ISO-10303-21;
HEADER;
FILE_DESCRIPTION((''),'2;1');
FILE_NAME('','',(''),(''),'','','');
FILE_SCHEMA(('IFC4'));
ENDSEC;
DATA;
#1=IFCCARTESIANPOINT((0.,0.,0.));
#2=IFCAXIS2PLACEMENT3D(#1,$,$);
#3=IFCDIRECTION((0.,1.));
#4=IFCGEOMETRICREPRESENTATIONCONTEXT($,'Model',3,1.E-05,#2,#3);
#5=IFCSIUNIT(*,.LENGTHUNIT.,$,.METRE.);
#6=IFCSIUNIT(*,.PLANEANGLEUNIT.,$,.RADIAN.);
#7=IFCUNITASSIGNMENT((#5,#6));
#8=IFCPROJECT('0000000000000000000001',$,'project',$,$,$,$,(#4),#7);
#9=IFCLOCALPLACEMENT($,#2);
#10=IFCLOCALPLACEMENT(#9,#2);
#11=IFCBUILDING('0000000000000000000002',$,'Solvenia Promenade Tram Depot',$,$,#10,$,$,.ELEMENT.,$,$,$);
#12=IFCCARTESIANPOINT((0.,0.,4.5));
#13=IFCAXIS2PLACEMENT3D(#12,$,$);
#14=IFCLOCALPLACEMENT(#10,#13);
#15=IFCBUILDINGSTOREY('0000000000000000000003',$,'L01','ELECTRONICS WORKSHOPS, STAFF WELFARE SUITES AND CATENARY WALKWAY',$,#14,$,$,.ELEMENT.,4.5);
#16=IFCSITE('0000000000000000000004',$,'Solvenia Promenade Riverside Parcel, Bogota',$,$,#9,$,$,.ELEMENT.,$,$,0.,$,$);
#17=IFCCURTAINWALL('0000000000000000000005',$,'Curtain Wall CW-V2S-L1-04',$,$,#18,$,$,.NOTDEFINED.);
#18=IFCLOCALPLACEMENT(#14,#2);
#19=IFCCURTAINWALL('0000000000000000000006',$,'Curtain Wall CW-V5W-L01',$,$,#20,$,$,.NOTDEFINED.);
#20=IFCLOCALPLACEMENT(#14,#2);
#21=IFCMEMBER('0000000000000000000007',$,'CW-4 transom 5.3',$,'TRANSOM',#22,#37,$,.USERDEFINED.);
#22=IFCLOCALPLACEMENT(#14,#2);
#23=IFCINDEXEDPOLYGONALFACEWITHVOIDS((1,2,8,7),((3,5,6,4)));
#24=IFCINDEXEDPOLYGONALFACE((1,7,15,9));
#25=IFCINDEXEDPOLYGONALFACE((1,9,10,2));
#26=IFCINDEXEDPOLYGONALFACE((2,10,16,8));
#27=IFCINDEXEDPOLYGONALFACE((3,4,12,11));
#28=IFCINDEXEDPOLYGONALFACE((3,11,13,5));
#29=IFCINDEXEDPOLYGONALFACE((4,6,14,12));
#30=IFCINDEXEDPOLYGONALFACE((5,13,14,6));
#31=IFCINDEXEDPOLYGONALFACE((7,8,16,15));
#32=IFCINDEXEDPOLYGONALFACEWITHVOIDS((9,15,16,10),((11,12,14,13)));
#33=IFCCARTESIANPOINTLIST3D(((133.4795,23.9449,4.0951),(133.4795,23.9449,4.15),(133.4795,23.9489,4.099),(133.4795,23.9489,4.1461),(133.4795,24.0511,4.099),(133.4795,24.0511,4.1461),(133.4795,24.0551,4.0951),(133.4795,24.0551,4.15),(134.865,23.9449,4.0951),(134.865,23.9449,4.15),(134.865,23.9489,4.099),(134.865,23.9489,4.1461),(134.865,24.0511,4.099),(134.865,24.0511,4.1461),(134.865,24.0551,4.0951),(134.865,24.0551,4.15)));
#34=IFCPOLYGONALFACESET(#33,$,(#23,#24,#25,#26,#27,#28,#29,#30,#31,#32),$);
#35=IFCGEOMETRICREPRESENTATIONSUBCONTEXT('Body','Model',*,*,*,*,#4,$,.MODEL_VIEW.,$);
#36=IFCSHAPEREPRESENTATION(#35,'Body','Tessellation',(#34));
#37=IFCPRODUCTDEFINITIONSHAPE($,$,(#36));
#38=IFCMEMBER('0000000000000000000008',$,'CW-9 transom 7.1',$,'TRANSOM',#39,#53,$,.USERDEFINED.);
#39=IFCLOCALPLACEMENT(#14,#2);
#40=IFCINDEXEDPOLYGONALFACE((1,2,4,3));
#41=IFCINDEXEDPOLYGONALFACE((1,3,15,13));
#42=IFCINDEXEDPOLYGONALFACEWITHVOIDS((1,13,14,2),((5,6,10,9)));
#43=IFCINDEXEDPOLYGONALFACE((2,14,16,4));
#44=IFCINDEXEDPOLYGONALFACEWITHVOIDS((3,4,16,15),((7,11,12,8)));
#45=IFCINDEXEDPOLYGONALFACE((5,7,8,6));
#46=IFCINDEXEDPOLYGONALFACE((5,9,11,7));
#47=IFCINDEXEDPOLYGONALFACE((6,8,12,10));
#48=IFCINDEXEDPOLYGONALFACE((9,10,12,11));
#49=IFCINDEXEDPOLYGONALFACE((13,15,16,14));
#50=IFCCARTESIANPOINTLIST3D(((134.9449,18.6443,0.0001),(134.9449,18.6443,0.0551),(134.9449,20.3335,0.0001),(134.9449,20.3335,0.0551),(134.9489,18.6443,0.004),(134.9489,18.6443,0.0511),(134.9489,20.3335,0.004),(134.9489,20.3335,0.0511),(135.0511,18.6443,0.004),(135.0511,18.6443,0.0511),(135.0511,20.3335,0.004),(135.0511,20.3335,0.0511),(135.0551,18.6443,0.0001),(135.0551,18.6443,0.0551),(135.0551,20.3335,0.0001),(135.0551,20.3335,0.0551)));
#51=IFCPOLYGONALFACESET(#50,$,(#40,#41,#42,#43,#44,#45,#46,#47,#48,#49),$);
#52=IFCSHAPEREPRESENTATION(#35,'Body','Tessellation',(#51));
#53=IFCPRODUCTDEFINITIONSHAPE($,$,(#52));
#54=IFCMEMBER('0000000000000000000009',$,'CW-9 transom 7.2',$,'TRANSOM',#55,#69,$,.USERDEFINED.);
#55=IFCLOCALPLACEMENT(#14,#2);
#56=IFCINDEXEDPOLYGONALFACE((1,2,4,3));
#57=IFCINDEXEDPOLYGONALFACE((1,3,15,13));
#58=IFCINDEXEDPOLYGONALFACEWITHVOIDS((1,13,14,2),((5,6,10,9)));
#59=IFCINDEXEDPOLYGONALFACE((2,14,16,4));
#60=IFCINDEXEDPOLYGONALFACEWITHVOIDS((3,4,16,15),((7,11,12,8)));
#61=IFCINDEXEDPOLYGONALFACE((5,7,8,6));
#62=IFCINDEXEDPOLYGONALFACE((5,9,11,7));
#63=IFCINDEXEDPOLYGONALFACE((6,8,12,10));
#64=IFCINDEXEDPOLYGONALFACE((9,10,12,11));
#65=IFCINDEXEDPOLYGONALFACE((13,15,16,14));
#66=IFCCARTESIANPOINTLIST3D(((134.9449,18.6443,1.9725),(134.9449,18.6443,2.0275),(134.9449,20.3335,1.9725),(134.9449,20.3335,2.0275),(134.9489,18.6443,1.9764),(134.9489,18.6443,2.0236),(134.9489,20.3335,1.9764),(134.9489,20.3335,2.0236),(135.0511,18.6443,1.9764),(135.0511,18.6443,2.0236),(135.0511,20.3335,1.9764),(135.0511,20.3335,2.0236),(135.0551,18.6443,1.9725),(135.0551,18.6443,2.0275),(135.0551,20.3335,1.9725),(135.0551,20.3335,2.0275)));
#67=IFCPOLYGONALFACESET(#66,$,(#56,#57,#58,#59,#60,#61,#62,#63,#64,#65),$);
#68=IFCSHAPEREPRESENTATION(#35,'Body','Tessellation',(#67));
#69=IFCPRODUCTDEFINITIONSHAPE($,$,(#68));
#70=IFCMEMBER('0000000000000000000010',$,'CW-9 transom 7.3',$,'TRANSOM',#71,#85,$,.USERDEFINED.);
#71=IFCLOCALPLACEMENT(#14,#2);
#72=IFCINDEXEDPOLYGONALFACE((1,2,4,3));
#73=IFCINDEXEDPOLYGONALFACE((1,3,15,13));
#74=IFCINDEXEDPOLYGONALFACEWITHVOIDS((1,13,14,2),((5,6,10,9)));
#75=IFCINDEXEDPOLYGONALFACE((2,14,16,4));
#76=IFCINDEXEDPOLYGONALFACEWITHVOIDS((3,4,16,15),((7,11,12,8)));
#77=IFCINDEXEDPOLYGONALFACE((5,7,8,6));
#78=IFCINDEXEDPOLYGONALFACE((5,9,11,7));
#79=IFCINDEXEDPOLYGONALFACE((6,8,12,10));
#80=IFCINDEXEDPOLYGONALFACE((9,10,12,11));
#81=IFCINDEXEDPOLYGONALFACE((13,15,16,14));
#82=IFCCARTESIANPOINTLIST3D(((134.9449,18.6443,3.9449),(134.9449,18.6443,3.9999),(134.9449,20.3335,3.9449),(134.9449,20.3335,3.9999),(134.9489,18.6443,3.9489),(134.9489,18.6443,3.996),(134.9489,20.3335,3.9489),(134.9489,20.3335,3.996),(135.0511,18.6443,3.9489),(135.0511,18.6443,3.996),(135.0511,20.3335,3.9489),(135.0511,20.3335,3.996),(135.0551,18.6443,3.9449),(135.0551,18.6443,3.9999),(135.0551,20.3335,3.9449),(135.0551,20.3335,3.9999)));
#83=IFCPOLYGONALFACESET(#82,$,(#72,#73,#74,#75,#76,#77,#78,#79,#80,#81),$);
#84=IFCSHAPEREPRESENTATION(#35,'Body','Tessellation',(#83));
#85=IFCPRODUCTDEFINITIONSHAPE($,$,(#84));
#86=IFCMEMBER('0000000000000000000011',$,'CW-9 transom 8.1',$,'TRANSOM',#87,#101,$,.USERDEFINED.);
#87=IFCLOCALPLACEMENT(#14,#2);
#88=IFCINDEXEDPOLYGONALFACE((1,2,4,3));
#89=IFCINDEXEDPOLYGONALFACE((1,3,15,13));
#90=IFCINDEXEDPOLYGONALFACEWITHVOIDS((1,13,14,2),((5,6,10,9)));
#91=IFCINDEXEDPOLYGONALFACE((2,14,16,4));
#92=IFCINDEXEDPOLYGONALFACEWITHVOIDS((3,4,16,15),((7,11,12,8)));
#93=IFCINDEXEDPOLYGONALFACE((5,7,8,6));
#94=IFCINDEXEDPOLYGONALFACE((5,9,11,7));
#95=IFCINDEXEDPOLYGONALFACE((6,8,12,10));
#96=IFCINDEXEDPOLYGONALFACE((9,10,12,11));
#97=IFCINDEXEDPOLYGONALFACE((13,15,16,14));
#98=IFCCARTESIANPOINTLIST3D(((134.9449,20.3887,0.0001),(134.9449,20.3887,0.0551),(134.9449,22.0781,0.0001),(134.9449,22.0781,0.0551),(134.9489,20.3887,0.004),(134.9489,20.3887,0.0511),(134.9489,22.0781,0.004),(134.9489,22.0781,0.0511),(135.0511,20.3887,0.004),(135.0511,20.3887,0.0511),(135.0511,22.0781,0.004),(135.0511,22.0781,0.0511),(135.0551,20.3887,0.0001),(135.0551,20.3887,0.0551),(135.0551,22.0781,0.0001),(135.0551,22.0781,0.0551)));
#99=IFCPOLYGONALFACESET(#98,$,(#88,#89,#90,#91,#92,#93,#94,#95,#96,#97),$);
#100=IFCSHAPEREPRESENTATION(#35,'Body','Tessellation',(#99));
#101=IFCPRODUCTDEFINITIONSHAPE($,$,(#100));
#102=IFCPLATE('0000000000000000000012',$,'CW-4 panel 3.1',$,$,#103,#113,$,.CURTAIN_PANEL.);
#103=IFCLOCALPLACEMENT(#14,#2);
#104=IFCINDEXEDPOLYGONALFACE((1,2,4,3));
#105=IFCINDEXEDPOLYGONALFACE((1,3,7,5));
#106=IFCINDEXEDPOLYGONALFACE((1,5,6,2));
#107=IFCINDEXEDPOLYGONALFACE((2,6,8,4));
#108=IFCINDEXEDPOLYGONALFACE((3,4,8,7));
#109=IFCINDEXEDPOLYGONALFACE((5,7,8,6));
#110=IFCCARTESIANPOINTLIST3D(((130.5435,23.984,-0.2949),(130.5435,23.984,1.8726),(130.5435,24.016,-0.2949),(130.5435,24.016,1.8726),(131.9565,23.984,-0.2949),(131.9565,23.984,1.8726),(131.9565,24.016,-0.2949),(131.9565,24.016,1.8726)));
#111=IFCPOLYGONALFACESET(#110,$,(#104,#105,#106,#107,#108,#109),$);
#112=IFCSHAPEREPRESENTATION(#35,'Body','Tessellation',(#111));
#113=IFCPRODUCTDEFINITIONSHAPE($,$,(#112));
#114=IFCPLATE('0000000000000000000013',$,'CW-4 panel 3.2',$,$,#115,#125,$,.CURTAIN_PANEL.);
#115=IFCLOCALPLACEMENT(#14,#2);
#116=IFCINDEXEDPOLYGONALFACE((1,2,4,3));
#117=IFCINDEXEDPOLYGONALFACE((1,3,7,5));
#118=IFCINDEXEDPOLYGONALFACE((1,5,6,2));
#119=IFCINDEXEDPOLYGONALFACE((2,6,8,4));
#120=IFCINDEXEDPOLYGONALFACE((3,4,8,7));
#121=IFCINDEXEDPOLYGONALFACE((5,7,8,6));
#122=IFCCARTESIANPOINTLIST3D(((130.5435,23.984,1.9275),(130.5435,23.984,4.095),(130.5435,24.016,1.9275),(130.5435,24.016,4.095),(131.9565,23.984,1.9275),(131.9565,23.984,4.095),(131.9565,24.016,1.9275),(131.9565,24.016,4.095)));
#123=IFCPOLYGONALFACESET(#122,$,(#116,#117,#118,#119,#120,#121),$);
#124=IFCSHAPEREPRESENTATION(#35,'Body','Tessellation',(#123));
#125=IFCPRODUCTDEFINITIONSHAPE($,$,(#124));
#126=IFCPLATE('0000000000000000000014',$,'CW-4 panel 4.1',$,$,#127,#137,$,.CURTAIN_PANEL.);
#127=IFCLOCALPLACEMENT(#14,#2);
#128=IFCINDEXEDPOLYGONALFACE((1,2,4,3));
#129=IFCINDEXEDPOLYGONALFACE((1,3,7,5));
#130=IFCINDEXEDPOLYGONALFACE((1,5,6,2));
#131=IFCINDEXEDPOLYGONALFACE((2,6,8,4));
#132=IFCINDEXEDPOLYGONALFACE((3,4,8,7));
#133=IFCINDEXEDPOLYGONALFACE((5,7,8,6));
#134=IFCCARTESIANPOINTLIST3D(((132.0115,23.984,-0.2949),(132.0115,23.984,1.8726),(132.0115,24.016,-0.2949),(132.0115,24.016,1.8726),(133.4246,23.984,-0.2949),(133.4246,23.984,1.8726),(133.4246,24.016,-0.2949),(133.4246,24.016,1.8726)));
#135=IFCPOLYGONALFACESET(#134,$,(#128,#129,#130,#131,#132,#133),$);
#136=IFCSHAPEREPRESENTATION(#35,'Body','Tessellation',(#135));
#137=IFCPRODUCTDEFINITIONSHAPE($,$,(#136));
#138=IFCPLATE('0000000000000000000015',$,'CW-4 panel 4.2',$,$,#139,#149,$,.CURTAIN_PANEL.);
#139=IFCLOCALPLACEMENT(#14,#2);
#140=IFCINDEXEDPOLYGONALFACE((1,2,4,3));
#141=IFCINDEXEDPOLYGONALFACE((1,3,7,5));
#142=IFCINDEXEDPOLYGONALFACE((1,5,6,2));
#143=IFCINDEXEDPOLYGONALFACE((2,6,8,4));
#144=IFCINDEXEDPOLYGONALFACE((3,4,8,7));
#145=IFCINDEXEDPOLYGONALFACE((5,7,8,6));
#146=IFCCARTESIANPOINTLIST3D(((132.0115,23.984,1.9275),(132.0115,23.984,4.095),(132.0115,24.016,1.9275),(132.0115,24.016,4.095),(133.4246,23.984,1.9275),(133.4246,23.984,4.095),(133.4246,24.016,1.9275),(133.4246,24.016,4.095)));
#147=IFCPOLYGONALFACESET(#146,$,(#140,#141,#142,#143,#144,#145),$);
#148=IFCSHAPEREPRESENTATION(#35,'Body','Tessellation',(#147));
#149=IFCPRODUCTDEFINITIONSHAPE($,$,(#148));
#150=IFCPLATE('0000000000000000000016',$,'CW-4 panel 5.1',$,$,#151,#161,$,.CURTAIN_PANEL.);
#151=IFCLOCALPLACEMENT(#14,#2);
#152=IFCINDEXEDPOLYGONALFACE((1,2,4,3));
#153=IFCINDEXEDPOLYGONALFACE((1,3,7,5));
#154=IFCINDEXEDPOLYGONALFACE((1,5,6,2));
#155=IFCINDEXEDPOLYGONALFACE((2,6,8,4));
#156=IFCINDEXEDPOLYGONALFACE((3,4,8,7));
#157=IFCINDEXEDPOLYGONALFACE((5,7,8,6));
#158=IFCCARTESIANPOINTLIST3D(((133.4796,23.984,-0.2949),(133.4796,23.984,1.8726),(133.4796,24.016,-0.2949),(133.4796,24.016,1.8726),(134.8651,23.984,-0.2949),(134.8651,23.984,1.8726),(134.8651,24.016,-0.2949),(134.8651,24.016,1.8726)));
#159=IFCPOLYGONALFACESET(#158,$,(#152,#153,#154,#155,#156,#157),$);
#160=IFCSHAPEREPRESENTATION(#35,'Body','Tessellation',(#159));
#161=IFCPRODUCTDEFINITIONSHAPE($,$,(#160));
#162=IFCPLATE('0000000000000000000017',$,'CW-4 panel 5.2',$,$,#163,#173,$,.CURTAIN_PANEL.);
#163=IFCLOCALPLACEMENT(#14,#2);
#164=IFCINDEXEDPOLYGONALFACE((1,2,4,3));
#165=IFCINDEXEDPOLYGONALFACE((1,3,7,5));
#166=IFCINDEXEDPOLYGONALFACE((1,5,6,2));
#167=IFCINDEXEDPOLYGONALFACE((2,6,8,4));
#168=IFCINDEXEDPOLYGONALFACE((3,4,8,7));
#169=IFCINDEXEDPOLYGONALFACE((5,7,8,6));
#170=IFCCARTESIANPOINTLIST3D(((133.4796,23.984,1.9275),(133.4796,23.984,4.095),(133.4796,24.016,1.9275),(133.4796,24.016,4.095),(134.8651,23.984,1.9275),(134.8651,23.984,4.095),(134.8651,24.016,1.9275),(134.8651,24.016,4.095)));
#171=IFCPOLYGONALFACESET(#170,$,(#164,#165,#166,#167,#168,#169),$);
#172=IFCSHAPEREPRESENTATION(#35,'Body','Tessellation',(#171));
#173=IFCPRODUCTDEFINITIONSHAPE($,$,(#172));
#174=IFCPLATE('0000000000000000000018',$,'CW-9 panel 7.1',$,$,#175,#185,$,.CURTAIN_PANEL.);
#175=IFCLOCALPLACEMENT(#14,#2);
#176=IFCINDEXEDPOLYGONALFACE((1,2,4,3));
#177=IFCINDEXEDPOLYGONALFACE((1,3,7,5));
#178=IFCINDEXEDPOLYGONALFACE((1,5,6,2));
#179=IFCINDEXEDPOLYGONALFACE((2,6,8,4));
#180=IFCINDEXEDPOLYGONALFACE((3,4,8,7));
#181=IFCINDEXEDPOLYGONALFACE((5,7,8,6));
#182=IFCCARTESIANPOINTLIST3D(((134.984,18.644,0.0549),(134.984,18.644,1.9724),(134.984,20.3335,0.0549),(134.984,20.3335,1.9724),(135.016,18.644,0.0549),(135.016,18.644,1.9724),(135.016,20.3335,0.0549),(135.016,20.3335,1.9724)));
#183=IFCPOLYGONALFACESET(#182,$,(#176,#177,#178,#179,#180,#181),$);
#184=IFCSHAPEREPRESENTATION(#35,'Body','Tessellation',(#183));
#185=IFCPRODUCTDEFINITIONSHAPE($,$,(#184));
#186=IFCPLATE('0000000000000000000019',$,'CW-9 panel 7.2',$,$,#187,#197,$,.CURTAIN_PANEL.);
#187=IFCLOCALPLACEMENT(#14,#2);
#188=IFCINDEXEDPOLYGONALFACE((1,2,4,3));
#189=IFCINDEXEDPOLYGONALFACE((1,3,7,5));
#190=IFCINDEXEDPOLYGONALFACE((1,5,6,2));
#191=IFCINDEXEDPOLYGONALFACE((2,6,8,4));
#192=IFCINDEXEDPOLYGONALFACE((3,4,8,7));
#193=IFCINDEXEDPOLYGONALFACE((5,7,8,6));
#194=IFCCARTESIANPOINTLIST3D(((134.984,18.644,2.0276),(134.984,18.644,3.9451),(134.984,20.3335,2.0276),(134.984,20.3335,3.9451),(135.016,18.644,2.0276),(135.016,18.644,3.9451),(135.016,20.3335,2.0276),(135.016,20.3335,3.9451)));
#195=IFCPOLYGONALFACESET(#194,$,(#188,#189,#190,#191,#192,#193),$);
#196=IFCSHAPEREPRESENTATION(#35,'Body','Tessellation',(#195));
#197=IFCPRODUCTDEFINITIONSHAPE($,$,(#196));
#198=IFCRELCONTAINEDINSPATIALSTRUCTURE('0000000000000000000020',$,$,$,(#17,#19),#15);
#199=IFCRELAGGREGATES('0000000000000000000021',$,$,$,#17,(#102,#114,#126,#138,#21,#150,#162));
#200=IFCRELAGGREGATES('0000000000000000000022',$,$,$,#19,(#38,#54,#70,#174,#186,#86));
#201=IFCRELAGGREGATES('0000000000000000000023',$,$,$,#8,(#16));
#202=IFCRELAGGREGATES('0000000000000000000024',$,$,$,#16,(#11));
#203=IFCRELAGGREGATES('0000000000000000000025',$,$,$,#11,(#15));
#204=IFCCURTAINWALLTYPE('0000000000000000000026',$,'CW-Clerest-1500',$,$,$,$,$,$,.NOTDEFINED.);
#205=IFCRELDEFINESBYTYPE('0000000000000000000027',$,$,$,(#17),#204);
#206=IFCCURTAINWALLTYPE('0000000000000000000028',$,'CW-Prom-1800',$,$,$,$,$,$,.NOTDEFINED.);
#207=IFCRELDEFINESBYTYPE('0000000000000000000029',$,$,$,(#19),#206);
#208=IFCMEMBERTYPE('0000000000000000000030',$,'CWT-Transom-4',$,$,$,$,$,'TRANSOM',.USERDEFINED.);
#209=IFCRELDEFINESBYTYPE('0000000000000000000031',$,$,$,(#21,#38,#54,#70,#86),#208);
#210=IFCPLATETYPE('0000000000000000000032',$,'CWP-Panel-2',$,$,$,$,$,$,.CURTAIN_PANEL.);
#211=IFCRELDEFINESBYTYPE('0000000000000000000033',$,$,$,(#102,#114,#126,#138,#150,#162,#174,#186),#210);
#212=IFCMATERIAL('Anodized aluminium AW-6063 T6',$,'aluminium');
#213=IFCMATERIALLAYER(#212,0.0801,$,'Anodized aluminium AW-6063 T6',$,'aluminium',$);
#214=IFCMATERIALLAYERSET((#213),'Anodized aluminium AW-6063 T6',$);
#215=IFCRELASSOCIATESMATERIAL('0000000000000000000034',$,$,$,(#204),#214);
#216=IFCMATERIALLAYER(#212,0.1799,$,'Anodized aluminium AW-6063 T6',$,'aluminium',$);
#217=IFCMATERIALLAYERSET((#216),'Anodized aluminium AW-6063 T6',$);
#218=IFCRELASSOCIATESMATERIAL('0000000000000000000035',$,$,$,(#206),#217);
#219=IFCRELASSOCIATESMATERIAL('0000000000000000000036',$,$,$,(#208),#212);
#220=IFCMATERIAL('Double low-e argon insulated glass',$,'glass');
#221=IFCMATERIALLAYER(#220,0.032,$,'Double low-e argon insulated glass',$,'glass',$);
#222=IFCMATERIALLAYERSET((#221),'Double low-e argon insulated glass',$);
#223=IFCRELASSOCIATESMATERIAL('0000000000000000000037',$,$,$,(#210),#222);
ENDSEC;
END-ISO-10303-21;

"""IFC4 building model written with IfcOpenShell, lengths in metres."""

from ifc_helpers import new_model, si_unit, direction, frame, origin, origin_2d, place, context, subcontext, project, spatial, rectangle, hollow_rectangle, extrude, material, layer, layer_set, material_profile, profile_set, type_object, element, aggregate, save


model = new_model("IFC4")

# Units and contexts
model_context = context("Model", 3, precision=1e-05, world=origin(), true_north=direction((0.0, 1.0)))
body_context = subcontext(model_context, "Body", "Model", "MODEL_VIEW")
ifc_project = project(units=[si_unit("LENGTHUNIT", "METRE"), si_unit("PLANEANGLEUNIT", "RADIAN")], contexts=[model_context])

# Site, building, storey
site_placement = place(None, origin())
site = spatial("IfcSite", under=ifc_project, at=site_placement, Name="Solvenia Promenade Riverside Parcel, Bogota", CompositionType="ELEMENT", RefElevation=0.0)
building_placement = place(site_placement, origin())
building = spatial("IfcBuilding", under=site, at=building_placement, Name="Solvenia Promenade Tram Depot", CompositionType="ELEMENT")
storey_placement = place(building_placement, frame((0.0, 0.0, 4.5)))
storey = spatial("IfcBuildingStorey", under=building, at=storey_placement, Name="L01", Description="ELECTRONICS WORKSHOPS, STAFF WELFARE SUITES AND CATENARY WALKWAY", CompositionType="ELEMENT", Elevation=4.5)

# Curtain walls
ifc_material_1 = material(Name="Anodized aluminium AW-6063 T6", Category="aluminium")
ifc_layer_1 = layer(ifc_material_1, 0.0801, Name="Anodized aluminium AW-6063 T6", Category="aluminium")
ifc_layer_set_1 = layer_set([ifc_layer_1], Name="Anodized aluminium AW-6063 T6")
curtain_wall_type_1 = type_object("IfcCurtainWallType", Name="CW-Clerest-1500", PredefinedType="NOTDEFINED", material=ifc_layer_set_1)
curtain_wall_1_placement = place(storey_placement, origin())
curtain_wall_1 = element("IfcCurtainWall", 1, at=curtain_wall_1_placement, inside=storey, type_object=curtain_wall_type_1, Name="Curtain Wall CW-V2S-L1-04", PredefinedType="NOTDEFINED")
ifc_layer_2 = layer(ifc_material_1, 0.1799, Name="Anodized aluminium AW-6063 T6", Category="aluminium")
ifc_layer_set_2 = layer_set([ifc_layer_2], Name="Anodized aluminium AW-6063 T6")
curtain_wall_type_2 = type_object("IfcCurtainWallType", Name="CW-Prom-1800", PredefinedType="NOTDEFINED", material=ifc_layer_set_2)
curtain_wall_2_placement = place(storey_placement, origin())
curtain_wall_2 = element("IfcCurtainWall", 2, at=curtain_wall_2_placement, inside=storey, type_object=curtain_wall_type_2, Name="Curtain Wall CW-V5W-L01", PredefinedType="NOTDEFINED")

# Members
ifc_material_profile_1 = material_profile(ifc_material_1, hollow_rectangle(XDim=0.1101, YDim=0.0549, WallThickness=0.0039, at=origin_2d()), Name="ALU-T4", Category="aluminium")
ifc_profile_set_1 = profile_set([ifc_material_profile_1], Name="Anodized aluminium AW-6063 T6")
member_type_1 = type_object("IfcMemberType", Name="CWT-Transom-4", ElementType="TRANSOM", PredefinedType="USERDEFINED", material=ifc_profile_set_1)
member_1_placement = place(storey_placement, frame((133.4795, 24.0, 4.1226), z_axis=(1.0, 0.0, 0.0), x_axis=(0.0, 1.0, 0.0)))
member_1 = element("IfcMember", 3, at=member_1_placement, type_object=member_type_1, Name="CW-4 transom 5.3", ObjectType="TRANSOM", PredefinedType="USERDEFINED", context=body_context, shape_type="SweptSolid", body=[
    extrude(hollow_rectangle(XDim=0.1101, YDim=0.0549, WallThickness=0.0039, at=origin_2d()), origin(), (0.0, 0.0, 1.0), 1.3855),
])
member_2_placement = place(storey_placement, frame((135.0, 18.6443, 0.0276), z_axis=(0.0, 1.0, 0.0), x_axis=(-1.0, 0.0, 0.0)))
member_2 = element("IfcMember", 4, at=member_2_placement, type_object=member_type_1, Name="CW-9 transom 7.1", ObjectType="TRANSOM", PredefinedType="USERDEFINED", context=body_context, shape_type="SweptSolid", body=[
    extrude(hollow_rectangle(XDim=0.1101, YDim=0.0549, WallThickness=0.0039, at=origin_2d()), origin(), (0.0, 0.0, 1.0), 1.6892),
])
member_3_placement = place(storey_placement, frame((135.0, 18.6443, 2.0), z_axis=(0.0, 1.0, 0.0), x_axis=(-1.0, 0.0, 0.0)))
member_3 = element("IfcMember", 5, at=member_3_placement, type_object=member_type_1, Name="CW-9 transom 7.2", ObjectType="TRANSOM", PredefinedType="USERDEFINED", context=body_context, shape_type="SweptSolid", body=[
    extrude(hollow_rectangle(XDim=0.1101, YDim=0.0549, WallThickness=0.0039, at=origin_2d()), origin(), (0.0, 0.0, 1.0), 1.6892),
])
member_4_placement = place(storey_placement, frame((135.0, 18.6443, 3.9724), z_axis=(0.0, 1.0, 0.0), x_axis=(-1.0, 0.0, 0.0)))
member_4 = element("IfcMember", 6, at=member_4_placement, type_object=member_type_1, Name="CW-9 transom 7.3", ObjectType="TRANSOM", PredefinedType="USERDEFINED", context=body_context, shape_type="SweptSolid", body=[
    extrude(hollow_rectangle(XDim=0.1101, YDim=0.0549, WallThickness=0.0039, at=origin_2d()), origin(), (0.0, 0.0, 1.0), 1.6892),
])
member_5_placement = place(storey_placement, frame((135.0, 20.3887, 0.0276), z_axis=(0.0, 1.0, 0.0), x_axis=(-1.0, 0.0, 0.0)))
member_5 = element("IfcMember", 7, at=member_5_placement, type_object=member_type_1, Name="CW-9 transom 8.1", ObjectType="TRANSOM", PredefinedType="USERDEFINED", context=body_context, shape_type="SweptSolid", body=[
    extrude(hollow_rectangle(XDim=0.1101, YDim=0.0549, WallThickness=0.0039, at=origin_2d()), origin(), (0.0, 0.0, 1.0), 1.6895),
])

# Plates
ifc_material_2 = material(Name="Double low-e argon insulated glass", Category="glass")
ifc_layer_3 = layer(ifc_material_2, 0.032, Name="Double low-e argon insulated glass", Category="glass")
ifc_layer_set_3 = layer_set([ifc_layer_3], Name="Double low-e argon insulated glass")
plate_type = type_object("IfcPlateType", Name="CWP-Panel-2", PredefinedType="CURTAIN_PANEL", material=ifc_layer_set_3)
plate_1_placement = place(storey_placement, frame((131.25, 24.0, -0.2949), z_axis=(0.0, 0.0, 1.0), x_axis=(1.0, 0.0, 0.0)))
plate_1 = element("IfcPlate", 8, at=plate_1_placement, type_object=plate_type, Name="CW-4 panel 3.1", PredefinedType="CURTAIN_PANEL", context=body_context, shape_type="SweptSolid", body=[
    extrude(rectangle(XDim=1.4131, YDim=0.032, at=origin_2d()), origin(), (0.0, 0.0, 1.0), 2.1675),
])
plate_2_placement = place(storey_placement, frame((131.25, 24.0, 1.9275), z_axis=(0.0, 0.0, 1.0), x_axis=(1.0, 0.0, 0.0)))
plate_2 = element("IfcPlate", 9, at=plate_2_placement, type_object=plate_type, Name="CW-4 panel 3.2", PredefinedType="CURTAIN_PANEL", context=body_context, shape_type="SweptSolid", body=[
    extrude(rectangle(XDim=1.4131, YDim=0.032, at=origin_2d()), origin(), (0.0, 0.0, 1.0), 2.1675),
])
plate_3_placement = place(storey_placement, frame((132.718, 24.0, -0.2949), z_axis=(0.0, 0.0, 1.0), x_axis=(1.0, 0.0, 0.0)))
plate_3 = element("IfcPlate", 10, at=plate_3_placement, type_object=plate_type, Name="CW-4 panel 4.1", PredefinedType="CURTAIN_PANEL", context=body_context, shape_type="SweptSolid", body=[
    extrude(rectangle(XDim=1.4131, YDim=0.032, at=origin_2d()), origin(), (0.0, 0.0, 1.0), 2.1675),
])
plate_4_placement = place(storey_placement, frame((132.718, 24.0, 1.9275), z_axis=(0.0, 0.0, 1.0), x_axis=(1.0, 0.0, 0.0)))
plate_4 = element("IfcPlate", 11, at=plate_4_placement, type_object=plate_type, Name="CW-4 panel 4.2", PredefinedType="CURTAIN_PANEL", context=body_context, shape_type="SweptSolid", body=[
    extrude(rectangle(XDim=1.4131, YDim=0.032, at=origin_2d()), origin(), (0.0, 0.0, 1.0), 2.1675),
])
plate_5_placement = place(storey_placement, frame((134.1724, 24.0, -0.2949), z_axis=(0.0, 0.0, 1.0), x_axis=(1.0, 0.0, 0.0)))
plate_5 = element("IfcPlate", 12, at=plate_5_placement, type_object=plate_type, Name="CW-4 panel 5.1", PredefinedType="CURTAIN_PANEL", context=body_context, shape_type="SweptSolid", body=[
    extrude(rectangle(XDim=1.3855, YDim=0.032, at=origin_2d()), origin(), (0.0, 0.0, 1.0), 2.1675),
])
plate_6_placement = place(storey_placement, frame((134.1724, 24.0, 1.9275), z_axis=(0.0, 0.0, 1.0), x_axis=(1.0, 0.0, 0.0)))
plate_6 = element("IfcPlate", 13, at=plate_6_placement, type_object=plate_type, Name="CW-4 panel 5.2", PredefinedType="CURTAIN_PANEL", context=body_context, shape_type="SweptSolid", body=[
    extrude(rectangle(XDim=1.3855, YDim=0.032, at=origin_2d()), origin(), (0.0, 0.0, 1.0), 2.1675),
])
aggregate(curtain_wall_1, [plate_1, plate_2, plate_3, plate_4, member_1, plate_5, plate_6])
plate_7_placement = place(storey_placement, frame((135.0, 19.4888, 0.0549), z_axis=(0.0, 0.0, 1.0), x_axis=(0.0, 1.0, 0.0)))
plate_7 = element("IfcPlate", 14, at=plate_7_placement, type_object=plate_type, Name="CW-9 panel 7.1", PredefinedType="CURTAIN_PANEL", context=body_context, shape_type="SweptSolid", body=[
    extrude(rectangle(XDim=1.6895, YDim=0.032, at=origin_2d()), origin(), (0.0, 0.0, 1.0), 1.9175),
])
plate_8_placement = place(storey_placement, frame((135.0, 19.4888, 2.0276), z_axis=(0.0, 0.0, 1.0), x_axis=(0.0, 1.0, 0.0)))
plate_8 = element("IfcPlate", 15, at=plate_8_placement, type_object=plate_type, Name="CW-9 panel 7.2", PredefinedType="CURTAIN_PANEL", context=body_context, shape_type="SweptSolid", body=[
    extrude(rectangle(XDim=1.6895, YDim=0.032, at=origin_2d()), origin(), (0.0, 0.0, 1.0), 1.9175),
])
aggregate(curtain_wall_2, [member_2, member_3, member_4, plate_7, plate_8, member_5])

save(model, "model.ifc")
